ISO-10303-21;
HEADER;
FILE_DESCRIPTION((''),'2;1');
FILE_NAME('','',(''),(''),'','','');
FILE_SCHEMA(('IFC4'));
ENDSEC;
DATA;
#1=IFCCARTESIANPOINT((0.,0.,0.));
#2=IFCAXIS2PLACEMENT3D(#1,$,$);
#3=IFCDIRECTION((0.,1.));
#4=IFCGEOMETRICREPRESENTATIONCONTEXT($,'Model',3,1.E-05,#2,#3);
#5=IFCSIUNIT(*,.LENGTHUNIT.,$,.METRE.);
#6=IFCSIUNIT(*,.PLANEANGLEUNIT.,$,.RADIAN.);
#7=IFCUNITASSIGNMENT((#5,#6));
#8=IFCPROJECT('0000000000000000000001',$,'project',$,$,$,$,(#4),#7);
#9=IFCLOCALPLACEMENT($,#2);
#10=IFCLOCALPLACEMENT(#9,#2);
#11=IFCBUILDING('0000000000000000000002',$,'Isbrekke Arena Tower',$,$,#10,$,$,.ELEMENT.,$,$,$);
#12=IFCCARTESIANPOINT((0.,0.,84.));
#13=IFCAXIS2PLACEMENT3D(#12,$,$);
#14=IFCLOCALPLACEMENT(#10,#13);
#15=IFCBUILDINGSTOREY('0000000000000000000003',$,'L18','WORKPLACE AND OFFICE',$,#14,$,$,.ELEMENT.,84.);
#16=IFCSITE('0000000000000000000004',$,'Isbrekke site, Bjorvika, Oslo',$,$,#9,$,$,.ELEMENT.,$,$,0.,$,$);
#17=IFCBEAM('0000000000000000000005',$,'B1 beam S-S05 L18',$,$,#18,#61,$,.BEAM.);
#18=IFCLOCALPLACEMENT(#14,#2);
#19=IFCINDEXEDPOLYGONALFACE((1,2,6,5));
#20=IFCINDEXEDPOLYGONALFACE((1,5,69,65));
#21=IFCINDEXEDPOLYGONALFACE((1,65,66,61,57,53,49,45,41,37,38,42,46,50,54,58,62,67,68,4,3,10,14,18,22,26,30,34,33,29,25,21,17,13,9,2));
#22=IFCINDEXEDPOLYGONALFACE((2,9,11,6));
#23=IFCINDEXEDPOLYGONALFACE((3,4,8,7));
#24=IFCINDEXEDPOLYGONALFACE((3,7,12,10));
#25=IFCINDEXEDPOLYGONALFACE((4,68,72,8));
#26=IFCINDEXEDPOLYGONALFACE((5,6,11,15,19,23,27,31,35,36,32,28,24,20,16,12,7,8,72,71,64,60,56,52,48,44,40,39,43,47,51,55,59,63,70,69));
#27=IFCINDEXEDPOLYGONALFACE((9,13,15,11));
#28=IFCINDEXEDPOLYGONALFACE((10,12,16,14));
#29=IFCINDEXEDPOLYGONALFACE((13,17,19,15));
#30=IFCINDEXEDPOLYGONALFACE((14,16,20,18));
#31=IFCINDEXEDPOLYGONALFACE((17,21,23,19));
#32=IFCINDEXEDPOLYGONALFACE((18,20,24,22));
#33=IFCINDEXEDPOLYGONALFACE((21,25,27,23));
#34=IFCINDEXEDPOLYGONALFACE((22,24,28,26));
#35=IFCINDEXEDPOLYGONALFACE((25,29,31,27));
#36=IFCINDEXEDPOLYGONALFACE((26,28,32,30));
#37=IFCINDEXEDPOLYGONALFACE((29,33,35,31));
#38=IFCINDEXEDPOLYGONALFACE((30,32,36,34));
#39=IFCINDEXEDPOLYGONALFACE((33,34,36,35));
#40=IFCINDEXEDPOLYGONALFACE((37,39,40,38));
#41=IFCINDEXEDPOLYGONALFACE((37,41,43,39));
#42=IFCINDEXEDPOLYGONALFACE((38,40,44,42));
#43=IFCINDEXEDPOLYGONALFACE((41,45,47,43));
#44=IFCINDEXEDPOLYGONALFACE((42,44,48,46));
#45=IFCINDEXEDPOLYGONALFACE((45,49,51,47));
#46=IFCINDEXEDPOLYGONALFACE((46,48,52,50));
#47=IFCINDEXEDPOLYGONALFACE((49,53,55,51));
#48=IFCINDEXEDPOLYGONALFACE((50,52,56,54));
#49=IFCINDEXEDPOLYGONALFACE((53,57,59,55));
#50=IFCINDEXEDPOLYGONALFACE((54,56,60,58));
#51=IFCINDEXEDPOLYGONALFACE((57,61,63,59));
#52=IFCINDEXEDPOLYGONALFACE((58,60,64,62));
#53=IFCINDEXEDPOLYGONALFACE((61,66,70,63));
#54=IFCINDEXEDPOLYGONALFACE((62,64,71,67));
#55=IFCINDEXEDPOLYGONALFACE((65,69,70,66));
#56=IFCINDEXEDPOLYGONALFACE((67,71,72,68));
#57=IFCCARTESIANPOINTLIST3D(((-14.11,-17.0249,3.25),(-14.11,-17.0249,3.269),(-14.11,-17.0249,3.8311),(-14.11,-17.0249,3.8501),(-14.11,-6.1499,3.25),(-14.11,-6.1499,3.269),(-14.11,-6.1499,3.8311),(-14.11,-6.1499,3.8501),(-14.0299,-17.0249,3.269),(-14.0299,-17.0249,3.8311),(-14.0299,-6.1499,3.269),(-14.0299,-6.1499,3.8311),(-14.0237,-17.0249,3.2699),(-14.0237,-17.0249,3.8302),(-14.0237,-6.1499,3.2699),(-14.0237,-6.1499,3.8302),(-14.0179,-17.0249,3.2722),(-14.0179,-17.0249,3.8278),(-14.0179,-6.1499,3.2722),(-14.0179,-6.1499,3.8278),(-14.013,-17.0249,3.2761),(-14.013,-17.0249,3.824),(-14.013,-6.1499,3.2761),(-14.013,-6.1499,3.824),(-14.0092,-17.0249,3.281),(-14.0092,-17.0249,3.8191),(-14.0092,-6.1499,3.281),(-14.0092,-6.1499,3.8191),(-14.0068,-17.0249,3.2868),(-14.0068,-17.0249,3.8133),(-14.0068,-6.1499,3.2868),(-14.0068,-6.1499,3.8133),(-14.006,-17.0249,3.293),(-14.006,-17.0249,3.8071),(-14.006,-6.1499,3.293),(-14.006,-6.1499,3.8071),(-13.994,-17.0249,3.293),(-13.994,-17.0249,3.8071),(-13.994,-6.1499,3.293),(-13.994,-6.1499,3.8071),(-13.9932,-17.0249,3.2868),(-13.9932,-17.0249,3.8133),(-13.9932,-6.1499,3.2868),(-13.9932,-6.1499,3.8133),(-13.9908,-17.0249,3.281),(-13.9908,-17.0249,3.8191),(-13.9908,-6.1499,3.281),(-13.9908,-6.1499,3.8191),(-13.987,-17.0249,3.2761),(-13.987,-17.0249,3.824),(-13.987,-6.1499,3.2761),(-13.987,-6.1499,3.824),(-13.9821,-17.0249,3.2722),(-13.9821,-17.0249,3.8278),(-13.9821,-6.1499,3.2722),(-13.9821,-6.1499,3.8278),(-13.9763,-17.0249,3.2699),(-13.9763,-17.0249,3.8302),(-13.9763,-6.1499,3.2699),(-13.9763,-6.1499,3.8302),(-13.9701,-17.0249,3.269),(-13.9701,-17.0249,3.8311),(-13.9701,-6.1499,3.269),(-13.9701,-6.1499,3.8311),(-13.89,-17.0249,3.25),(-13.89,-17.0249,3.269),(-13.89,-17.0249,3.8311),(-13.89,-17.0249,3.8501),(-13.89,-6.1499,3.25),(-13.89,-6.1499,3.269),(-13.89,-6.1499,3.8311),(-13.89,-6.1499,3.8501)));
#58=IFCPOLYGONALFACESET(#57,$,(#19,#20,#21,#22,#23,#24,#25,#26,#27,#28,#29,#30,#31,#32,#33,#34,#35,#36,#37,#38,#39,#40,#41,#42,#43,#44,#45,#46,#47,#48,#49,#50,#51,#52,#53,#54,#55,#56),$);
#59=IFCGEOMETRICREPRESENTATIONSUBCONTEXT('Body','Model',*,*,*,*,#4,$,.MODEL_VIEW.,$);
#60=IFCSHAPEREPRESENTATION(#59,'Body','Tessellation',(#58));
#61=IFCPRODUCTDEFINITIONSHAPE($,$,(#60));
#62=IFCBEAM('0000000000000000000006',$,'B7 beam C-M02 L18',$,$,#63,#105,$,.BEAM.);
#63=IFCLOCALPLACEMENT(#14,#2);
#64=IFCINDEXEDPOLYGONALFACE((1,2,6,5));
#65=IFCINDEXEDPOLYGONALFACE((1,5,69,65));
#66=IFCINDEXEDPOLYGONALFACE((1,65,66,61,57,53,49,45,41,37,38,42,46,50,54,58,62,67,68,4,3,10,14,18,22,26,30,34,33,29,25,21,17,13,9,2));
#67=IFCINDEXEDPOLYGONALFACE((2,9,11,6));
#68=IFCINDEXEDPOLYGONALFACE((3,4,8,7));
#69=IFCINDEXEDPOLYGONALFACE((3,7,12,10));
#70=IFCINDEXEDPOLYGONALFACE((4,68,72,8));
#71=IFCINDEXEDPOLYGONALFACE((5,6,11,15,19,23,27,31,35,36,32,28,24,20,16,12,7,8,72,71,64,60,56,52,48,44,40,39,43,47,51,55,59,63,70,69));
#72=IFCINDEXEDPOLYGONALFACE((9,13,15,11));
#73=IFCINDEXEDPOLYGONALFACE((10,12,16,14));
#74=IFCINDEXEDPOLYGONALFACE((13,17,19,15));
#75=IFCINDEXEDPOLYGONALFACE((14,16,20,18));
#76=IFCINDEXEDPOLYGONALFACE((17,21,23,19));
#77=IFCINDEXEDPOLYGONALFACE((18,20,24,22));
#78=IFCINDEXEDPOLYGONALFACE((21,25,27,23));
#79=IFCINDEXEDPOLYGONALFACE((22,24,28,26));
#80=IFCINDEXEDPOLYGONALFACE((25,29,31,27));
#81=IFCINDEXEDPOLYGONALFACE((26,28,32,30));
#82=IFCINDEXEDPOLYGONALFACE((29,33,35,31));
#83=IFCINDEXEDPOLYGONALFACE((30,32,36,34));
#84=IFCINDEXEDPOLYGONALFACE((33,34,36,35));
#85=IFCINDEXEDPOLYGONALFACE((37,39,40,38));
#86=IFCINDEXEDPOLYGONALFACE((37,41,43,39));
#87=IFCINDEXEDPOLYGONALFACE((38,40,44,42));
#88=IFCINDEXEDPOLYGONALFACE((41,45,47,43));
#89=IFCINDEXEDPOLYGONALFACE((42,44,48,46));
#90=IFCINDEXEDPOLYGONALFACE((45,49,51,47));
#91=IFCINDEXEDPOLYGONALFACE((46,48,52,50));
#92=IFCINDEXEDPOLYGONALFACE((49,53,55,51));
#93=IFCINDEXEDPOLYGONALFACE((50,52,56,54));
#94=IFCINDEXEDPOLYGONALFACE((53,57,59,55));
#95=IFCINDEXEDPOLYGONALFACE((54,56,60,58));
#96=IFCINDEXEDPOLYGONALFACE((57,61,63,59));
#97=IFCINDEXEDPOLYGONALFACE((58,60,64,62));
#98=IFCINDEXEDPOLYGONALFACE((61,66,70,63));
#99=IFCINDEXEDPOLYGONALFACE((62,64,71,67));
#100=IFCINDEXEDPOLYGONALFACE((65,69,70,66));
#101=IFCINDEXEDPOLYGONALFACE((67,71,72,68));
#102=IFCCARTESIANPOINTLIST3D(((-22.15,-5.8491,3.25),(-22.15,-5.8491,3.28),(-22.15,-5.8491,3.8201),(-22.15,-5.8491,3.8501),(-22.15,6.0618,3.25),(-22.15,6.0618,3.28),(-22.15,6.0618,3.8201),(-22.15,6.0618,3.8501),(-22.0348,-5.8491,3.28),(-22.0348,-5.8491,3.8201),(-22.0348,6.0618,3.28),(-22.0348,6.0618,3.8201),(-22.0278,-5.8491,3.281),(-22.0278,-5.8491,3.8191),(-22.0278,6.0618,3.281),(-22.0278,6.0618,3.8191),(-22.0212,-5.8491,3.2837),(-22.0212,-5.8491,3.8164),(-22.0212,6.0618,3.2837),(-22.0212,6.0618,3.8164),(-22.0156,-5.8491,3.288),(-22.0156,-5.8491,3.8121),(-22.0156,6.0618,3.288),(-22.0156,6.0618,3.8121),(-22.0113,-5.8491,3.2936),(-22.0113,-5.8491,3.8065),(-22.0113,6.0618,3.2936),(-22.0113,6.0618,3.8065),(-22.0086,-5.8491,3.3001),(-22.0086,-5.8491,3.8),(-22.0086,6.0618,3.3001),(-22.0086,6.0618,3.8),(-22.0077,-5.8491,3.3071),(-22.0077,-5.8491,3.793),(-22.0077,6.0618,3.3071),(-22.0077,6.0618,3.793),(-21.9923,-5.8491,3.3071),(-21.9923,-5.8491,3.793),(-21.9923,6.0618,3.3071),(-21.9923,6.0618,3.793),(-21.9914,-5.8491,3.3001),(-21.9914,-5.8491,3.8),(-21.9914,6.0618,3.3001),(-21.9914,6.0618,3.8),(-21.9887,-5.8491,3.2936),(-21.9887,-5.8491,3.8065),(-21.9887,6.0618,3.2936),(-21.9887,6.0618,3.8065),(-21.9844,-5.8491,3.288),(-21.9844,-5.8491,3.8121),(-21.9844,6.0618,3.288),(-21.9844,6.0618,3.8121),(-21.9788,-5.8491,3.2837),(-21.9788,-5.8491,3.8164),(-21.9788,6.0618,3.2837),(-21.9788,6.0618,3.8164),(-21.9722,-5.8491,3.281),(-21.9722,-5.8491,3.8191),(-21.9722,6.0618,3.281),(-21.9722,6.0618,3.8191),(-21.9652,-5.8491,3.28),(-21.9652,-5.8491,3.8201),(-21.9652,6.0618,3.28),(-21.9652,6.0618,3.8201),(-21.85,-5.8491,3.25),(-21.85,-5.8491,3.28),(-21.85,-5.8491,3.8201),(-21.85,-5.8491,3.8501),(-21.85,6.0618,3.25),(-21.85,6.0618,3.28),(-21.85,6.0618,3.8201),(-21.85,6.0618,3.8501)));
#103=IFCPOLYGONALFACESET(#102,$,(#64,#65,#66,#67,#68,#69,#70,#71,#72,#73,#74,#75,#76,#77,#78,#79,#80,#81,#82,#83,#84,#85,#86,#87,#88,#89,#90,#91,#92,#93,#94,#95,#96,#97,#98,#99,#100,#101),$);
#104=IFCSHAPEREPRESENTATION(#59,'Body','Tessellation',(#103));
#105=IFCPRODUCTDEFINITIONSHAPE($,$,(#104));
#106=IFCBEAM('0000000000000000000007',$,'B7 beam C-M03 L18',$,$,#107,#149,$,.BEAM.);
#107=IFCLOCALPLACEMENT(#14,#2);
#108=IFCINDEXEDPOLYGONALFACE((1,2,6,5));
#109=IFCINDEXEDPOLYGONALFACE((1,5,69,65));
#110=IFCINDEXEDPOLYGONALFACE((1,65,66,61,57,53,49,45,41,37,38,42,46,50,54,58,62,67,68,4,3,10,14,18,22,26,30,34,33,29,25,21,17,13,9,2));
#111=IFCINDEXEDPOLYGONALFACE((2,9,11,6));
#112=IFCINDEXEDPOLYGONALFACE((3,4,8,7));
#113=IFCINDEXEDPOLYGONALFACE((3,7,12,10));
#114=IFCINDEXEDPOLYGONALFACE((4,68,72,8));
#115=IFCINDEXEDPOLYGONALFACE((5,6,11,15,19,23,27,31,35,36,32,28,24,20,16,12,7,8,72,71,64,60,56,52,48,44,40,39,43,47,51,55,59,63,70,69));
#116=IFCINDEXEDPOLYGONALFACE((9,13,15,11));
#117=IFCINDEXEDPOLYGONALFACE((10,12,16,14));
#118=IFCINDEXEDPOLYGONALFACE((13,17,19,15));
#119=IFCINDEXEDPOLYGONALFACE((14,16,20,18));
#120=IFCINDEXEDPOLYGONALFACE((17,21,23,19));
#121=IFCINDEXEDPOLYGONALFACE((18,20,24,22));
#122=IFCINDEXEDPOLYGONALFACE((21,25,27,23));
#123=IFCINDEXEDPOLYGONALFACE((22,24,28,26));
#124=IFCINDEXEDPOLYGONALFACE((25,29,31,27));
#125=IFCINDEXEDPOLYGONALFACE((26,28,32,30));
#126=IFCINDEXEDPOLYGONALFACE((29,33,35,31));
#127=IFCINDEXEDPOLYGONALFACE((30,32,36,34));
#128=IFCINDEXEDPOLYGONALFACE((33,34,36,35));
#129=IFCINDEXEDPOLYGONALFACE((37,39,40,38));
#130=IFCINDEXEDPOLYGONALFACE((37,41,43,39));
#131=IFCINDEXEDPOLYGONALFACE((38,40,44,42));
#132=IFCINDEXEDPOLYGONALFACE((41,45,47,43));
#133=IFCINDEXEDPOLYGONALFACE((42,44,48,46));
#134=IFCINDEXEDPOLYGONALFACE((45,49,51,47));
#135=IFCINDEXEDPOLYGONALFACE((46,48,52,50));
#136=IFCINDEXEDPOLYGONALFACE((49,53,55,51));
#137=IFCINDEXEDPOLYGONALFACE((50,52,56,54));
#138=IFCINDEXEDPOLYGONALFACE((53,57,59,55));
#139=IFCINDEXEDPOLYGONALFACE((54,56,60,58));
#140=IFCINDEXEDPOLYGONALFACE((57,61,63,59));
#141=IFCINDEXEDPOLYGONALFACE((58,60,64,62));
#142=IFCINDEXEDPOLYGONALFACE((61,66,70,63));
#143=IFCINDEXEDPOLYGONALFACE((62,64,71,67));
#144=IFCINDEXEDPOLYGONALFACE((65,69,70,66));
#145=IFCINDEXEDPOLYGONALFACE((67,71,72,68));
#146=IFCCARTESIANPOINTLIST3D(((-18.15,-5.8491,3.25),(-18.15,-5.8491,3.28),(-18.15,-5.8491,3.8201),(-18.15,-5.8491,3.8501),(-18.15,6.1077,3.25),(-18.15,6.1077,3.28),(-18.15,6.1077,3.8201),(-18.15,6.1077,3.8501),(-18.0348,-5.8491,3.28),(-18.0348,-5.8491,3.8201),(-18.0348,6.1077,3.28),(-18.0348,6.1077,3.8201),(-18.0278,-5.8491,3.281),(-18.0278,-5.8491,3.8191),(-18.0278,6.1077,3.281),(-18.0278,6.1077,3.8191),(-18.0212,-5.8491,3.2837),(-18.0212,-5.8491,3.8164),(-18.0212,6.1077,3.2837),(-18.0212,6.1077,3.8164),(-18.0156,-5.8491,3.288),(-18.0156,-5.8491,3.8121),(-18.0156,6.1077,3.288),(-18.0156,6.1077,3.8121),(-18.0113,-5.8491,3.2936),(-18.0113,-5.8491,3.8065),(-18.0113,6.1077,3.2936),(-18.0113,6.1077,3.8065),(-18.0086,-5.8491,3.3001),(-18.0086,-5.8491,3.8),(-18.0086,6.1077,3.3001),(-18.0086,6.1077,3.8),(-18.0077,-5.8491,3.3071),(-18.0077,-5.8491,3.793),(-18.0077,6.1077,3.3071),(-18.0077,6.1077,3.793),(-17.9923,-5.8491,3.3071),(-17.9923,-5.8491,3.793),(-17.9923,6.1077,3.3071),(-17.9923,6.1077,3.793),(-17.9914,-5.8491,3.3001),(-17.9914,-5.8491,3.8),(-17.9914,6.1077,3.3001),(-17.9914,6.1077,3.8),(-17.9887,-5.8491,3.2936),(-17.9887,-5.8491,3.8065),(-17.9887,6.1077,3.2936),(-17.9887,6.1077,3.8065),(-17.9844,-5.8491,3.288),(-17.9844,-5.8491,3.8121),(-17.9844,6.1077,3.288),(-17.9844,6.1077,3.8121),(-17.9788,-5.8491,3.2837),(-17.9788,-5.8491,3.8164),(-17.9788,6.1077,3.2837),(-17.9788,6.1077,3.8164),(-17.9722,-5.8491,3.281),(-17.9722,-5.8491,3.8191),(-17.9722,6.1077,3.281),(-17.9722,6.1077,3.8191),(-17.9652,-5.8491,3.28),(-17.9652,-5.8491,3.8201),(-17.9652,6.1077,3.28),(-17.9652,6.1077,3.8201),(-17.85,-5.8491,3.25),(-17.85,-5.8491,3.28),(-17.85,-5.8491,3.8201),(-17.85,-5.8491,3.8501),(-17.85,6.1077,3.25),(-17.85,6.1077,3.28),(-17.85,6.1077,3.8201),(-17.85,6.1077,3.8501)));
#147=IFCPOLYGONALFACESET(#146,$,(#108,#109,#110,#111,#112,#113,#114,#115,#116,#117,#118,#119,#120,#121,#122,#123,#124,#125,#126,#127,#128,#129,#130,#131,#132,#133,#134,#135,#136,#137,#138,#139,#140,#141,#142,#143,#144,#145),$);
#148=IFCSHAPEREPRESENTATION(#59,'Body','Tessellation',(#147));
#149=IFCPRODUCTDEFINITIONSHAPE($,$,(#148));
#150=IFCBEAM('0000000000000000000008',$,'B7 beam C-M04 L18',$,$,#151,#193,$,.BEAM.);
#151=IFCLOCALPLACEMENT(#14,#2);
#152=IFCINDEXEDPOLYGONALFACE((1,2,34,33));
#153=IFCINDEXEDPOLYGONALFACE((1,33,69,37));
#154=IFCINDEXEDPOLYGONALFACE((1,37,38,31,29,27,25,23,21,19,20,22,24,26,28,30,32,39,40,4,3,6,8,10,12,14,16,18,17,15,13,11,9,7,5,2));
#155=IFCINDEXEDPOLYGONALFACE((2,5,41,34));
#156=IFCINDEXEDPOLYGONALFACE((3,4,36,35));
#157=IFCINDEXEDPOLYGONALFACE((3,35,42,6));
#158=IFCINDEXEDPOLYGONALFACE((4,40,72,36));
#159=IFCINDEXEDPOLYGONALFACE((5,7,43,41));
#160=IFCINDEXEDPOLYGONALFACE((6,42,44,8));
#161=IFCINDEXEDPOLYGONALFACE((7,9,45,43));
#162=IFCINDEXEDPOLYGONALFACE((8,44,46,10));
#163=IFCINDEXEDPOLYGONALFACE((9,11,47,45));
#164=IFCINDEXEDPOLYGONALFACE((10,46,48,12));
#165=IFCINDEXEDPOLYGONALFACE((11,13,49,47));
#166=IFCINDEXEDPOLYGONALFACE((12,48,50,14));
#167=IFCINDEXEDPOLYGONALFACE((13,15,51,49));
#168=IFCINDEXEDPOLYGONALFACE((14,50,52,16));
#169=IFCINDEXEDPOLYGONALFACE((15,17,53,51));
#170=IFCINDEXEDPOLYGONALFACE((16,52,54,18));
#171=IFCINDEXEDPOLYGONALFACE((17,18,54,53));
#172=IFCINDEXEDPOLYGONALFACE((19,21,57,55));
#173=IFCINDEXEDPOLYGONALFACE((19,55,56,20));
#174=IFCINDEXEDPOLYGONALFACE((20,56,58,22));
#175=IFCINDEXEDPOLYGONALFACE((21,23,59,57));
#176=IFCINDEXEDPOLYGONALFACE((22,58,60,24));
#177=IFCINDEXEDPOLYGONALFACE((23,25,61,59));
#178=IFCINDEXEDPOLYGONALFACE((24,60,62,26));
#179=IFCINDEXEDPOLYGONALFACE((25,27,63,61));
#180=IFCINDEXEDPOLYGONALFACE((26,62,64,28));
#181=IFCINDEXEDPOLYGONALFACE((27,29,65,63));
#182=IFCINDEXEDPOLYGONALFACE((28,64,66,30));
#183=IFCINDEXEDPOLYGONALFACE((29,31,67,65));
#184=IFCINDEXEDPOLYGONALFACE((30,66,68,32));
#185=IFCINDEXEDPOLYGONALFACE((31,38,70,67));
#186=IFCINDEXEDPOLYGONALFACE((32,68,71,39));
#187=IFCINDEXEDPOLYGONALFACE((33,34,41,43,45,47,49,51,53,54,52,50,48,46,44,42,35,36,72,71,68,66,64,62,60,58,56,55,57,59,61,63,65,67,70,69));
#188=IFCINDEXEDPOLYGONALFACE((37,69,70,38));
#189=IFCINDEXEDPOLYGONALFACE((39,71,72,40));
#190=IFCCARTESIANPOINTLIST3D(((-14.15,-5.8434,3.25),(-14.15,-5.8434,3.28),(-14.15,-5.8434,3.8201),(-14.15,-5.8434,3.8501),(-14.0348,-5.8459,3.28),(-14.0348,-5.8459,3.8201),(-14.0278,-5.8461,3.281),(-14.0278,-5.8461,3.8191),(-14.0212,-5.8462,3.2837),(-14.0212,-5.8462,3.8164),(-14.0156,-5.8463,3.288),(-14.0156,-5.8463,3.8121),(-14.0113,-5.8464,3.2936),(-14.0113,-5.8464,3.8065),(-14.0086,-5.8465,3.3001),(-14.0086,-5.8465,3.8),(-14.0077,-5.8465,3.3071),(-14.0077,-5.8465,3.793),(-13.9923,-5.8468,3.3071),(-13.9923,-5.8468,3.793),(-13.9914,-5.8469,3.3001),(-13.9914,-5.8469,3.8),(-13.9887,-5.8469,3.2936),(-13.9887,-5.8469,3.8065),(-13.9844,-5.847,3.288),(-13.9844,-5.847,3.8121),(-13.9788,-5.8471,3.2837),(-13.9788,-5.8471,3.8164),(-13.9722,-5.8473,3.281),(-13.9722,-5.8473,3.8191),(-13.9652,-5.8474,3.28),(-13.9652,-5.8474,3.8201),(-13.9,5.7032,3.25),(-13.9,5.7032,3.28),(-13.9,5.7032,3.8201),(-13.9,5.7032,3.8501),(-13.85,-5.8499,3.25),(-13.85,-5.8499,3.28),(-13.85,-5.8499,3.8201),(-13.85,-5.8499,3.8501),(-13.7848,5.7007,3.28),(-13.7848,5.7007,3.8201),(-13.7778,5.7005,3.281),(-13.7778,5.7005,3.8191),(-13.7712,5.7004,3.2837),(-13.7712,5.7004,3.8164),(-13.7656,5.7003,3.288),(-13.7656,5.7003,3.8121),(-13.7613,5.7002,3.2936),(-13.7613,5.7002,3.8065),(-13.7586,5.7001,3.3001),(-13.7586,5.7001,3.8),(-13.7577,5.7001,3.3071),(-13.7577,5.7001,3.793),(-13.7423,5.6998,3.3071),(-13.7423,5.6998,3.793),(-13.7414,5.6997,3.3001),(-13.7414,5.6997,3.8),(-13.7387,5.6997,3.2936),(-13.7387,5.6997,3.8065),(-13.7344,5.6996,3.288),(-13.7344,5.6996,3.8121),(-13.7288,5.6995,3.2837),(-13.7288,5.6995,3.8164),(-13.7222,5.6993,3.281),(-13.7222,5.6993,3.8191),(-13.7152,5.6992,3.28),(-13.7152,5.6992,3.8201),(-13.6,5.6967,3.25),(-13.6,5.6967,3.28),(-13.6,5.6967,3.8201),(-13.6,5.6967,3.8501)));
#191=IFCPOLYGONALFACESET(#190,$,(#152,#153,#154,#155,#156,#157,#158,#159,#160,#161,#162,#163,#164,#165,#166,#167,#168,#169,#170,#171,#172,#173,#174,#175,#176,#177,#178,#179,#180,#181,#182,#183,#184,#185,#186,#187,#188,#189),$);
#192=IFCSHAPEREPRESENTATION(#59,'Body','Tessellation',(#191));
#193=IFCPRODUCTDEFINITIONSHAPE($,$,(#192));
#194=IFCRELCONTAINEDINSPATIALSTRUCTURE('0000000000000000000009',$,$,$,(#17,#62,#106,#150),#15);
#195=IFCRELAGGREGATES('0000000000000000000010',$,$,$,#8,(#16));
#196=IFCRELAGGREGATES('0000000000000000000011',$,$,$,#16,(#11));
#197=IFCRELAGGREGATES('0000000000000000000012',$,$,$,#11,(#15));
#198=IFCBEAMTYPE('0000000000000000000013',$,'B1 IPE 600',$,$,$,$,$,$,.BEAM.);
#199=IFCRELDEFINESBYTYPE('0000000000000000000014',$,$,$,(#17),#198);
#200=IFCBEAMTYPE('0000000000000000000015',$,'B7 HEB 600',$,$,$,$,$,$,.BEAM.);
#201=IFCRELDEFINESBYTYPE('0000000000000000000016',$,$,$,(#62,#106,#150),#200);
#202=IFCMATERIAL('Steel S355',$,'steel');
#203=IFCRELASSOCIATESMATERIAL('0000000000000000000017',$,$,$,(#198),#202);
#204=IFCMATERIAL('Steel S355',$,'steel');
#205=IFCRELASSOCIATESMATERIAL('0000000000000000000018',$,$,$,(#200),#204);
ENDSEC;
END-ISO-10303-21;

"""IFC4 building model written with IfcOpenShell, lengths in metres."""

from ifc_helpers import new_model, si_unit, direction, frame, origin, origin_2d, place, context, subcontext, project, spatial, i_section, extrude, material, material_profile, profile_set, type_object, element, save


model = new_model("IFC4")

# Units and contexts
model_context = context("Model", 3, precision=1e-05, world=origin(), true_north=direction((0.0, 1.0)))
body_context = subcontext(model_context, "Body", "Model", "MODEL_VIEW")
ifc_project = project(units=[si_unit("LENGTHUNIT", "METRE"), si_unit("PLANEANGLEUNIT", "RADIAN")], contexts=[model_context])

# Site, building, storey
site_placement = place(None, origin())
site = spatial("IfcSite", under=ifc_project, at=site_placement, Name="Isbrekke site, Bjorvika, Oslo", CompositionType="ELEMENT", RefElevation=0.0)
building_placement = place(site_placement, origin())
building = spatial("IfcBuilding", under=site, at=building_placement, Name="Isbrekke Arena Tower", CompositionType="ELEMENT")
storey_placement = place(building_placement, frame((0.0, 0.0, 84.0)))
storey = spatial("IfcBuildingStorey", under=building, at=storey_placement, Name="L18", Description="WORKPLACE AND OFFICE", CompositionType="ELEMENT", Elevation=84.0)

# Beams
ifc_material_1 = material(Name="Steel S355", Category="steel")
ifc_material_profile_1 = material_profile(ifc_material_1, i_section(OverallWidth=0.22, OverallDepth=0.6001, WebThickness=0.012, FlangeThickness=0.019, FilletRadius=0.0239, at=origin_2d()), Name="IPE 600")
ifc_profile_set_1 = profile_set([ifc_material_profile_1], Name="Steel S355")
beam_type_1 = type_object("IfcBeamType", Name="B1 IPE 600", PredefinedType="BEAM", material=ifc_profile_set_1)
beam_1_placement = place(storey_placement, frame((-14.0, -17.0249, 3.55), z_axis=(0.0, 1.0, 0.0), x_axis=(-1.0, 0.0, 0.0)))
element("IfcBeam", 1, at=beam_1_placement, inside=storey, type_object=beam_type_1, Name="B1 beam S-S05 L18", PredefinedType="BEAM", context=body_context, shape_type="SweptSolid", body=[
    extrude(i_section(OverallWidth=0.22, OverallDepth=0.6001, WebThickness=0.012, FlangeThickness=0.019, FilletRadius=0.0239, at=origin_2d()), origin(), (0.0, 0.0, 1.0), 10.875),
])
ifc_material_2 = material(Name="Steel S355", Category="steel")
ifc_material_profile_2 = material_profile(ifc_material_2, i_section(OverallWidth=0.3, OverallDepth=0.6001, WebThickness=0.0154, FlangeThickness=0.03, FilletRadius=0.0271, at=origin_2d()), Name="HEB 600")
ifc_profile_set_2 = profile_set([ifc_material_profile_2], Name="Steel S355")
beam_type_2 = type_object("IfcBeamType", Name="B7 HEB 600", PredefinedType="BEAM", material=ifc_profile_set_2)
beam_2_placement = place(storey_placement, frame((-22.0, -5.8491, 3.55), z_axis=(0.0, 1.0, 0.0), x_axis=(-1.0, 0.0, 0.0)))
element("IfcBeam", 2, at=beam_2_placement, inside=storey, type_object=beam_type_2, Name="B7 beam C-M02 L18", PredefinedType="BEAM", context=body_context, shape_type="SweptSolid", body=[
    extrude(i_section(OverallWidth=0.3, OverallDepth=0.6001, WebThickness=0.0154, FlangeThickness=0.03, FilletRadius=0.0271, at=origin_2d()), origin(), (0.0, 0.0, 1.0), 11.9109),
])
beam_3_placement = place(storey_placement, frame((-18.0, -5.8491, 3.55), z_axis=(0.0, 1.0, 0.0), x_axis=(-1.0, 0.0, 0.0)))
element("IfcBeam", 3, at=beam_3_placement, inside=storey, type_object=beam_type_2, Name="B7 beam C-M03 L18", PredefinedType="BEAM", context=body_context, shape_type="SweptSolid", body=[
    extrude(i_section(OverallWidth=0.3, OverallDepth=0.6001, WebThickness=0.0154, FlangeThickness=0.03, FilletRadius=0.0271, at=origin_2d()), origin(), (0.0, 0.0, 1.0), 11.9568),
])
beam_4_placement = place(storey_placement, frame((-14.0, -5.8467, 3.55), z_axis=(0.021646, 0.999766, 0.0), x_axis=(-0.999766, 0.021646, 0.0)))
element("IfcBeam", 4, at=beam_4_placement, inside=storey, type_object=beam_type_2, Name="B7 beam C-M04 L18", PredefinedType="BEAM", context=body_context, shape_type="SweptSolid", body=[
    extrude(i_section(OverallWidth=0.3, OverallDepth=0.6001, WebThickness=0.0154, FlangeThickness=0.03, FilletRadius=0.0271, at=origin_2d()), origin(), (0.0, 0.0, 1.0), 11.5493),
])

save(model, "model.ifc")
